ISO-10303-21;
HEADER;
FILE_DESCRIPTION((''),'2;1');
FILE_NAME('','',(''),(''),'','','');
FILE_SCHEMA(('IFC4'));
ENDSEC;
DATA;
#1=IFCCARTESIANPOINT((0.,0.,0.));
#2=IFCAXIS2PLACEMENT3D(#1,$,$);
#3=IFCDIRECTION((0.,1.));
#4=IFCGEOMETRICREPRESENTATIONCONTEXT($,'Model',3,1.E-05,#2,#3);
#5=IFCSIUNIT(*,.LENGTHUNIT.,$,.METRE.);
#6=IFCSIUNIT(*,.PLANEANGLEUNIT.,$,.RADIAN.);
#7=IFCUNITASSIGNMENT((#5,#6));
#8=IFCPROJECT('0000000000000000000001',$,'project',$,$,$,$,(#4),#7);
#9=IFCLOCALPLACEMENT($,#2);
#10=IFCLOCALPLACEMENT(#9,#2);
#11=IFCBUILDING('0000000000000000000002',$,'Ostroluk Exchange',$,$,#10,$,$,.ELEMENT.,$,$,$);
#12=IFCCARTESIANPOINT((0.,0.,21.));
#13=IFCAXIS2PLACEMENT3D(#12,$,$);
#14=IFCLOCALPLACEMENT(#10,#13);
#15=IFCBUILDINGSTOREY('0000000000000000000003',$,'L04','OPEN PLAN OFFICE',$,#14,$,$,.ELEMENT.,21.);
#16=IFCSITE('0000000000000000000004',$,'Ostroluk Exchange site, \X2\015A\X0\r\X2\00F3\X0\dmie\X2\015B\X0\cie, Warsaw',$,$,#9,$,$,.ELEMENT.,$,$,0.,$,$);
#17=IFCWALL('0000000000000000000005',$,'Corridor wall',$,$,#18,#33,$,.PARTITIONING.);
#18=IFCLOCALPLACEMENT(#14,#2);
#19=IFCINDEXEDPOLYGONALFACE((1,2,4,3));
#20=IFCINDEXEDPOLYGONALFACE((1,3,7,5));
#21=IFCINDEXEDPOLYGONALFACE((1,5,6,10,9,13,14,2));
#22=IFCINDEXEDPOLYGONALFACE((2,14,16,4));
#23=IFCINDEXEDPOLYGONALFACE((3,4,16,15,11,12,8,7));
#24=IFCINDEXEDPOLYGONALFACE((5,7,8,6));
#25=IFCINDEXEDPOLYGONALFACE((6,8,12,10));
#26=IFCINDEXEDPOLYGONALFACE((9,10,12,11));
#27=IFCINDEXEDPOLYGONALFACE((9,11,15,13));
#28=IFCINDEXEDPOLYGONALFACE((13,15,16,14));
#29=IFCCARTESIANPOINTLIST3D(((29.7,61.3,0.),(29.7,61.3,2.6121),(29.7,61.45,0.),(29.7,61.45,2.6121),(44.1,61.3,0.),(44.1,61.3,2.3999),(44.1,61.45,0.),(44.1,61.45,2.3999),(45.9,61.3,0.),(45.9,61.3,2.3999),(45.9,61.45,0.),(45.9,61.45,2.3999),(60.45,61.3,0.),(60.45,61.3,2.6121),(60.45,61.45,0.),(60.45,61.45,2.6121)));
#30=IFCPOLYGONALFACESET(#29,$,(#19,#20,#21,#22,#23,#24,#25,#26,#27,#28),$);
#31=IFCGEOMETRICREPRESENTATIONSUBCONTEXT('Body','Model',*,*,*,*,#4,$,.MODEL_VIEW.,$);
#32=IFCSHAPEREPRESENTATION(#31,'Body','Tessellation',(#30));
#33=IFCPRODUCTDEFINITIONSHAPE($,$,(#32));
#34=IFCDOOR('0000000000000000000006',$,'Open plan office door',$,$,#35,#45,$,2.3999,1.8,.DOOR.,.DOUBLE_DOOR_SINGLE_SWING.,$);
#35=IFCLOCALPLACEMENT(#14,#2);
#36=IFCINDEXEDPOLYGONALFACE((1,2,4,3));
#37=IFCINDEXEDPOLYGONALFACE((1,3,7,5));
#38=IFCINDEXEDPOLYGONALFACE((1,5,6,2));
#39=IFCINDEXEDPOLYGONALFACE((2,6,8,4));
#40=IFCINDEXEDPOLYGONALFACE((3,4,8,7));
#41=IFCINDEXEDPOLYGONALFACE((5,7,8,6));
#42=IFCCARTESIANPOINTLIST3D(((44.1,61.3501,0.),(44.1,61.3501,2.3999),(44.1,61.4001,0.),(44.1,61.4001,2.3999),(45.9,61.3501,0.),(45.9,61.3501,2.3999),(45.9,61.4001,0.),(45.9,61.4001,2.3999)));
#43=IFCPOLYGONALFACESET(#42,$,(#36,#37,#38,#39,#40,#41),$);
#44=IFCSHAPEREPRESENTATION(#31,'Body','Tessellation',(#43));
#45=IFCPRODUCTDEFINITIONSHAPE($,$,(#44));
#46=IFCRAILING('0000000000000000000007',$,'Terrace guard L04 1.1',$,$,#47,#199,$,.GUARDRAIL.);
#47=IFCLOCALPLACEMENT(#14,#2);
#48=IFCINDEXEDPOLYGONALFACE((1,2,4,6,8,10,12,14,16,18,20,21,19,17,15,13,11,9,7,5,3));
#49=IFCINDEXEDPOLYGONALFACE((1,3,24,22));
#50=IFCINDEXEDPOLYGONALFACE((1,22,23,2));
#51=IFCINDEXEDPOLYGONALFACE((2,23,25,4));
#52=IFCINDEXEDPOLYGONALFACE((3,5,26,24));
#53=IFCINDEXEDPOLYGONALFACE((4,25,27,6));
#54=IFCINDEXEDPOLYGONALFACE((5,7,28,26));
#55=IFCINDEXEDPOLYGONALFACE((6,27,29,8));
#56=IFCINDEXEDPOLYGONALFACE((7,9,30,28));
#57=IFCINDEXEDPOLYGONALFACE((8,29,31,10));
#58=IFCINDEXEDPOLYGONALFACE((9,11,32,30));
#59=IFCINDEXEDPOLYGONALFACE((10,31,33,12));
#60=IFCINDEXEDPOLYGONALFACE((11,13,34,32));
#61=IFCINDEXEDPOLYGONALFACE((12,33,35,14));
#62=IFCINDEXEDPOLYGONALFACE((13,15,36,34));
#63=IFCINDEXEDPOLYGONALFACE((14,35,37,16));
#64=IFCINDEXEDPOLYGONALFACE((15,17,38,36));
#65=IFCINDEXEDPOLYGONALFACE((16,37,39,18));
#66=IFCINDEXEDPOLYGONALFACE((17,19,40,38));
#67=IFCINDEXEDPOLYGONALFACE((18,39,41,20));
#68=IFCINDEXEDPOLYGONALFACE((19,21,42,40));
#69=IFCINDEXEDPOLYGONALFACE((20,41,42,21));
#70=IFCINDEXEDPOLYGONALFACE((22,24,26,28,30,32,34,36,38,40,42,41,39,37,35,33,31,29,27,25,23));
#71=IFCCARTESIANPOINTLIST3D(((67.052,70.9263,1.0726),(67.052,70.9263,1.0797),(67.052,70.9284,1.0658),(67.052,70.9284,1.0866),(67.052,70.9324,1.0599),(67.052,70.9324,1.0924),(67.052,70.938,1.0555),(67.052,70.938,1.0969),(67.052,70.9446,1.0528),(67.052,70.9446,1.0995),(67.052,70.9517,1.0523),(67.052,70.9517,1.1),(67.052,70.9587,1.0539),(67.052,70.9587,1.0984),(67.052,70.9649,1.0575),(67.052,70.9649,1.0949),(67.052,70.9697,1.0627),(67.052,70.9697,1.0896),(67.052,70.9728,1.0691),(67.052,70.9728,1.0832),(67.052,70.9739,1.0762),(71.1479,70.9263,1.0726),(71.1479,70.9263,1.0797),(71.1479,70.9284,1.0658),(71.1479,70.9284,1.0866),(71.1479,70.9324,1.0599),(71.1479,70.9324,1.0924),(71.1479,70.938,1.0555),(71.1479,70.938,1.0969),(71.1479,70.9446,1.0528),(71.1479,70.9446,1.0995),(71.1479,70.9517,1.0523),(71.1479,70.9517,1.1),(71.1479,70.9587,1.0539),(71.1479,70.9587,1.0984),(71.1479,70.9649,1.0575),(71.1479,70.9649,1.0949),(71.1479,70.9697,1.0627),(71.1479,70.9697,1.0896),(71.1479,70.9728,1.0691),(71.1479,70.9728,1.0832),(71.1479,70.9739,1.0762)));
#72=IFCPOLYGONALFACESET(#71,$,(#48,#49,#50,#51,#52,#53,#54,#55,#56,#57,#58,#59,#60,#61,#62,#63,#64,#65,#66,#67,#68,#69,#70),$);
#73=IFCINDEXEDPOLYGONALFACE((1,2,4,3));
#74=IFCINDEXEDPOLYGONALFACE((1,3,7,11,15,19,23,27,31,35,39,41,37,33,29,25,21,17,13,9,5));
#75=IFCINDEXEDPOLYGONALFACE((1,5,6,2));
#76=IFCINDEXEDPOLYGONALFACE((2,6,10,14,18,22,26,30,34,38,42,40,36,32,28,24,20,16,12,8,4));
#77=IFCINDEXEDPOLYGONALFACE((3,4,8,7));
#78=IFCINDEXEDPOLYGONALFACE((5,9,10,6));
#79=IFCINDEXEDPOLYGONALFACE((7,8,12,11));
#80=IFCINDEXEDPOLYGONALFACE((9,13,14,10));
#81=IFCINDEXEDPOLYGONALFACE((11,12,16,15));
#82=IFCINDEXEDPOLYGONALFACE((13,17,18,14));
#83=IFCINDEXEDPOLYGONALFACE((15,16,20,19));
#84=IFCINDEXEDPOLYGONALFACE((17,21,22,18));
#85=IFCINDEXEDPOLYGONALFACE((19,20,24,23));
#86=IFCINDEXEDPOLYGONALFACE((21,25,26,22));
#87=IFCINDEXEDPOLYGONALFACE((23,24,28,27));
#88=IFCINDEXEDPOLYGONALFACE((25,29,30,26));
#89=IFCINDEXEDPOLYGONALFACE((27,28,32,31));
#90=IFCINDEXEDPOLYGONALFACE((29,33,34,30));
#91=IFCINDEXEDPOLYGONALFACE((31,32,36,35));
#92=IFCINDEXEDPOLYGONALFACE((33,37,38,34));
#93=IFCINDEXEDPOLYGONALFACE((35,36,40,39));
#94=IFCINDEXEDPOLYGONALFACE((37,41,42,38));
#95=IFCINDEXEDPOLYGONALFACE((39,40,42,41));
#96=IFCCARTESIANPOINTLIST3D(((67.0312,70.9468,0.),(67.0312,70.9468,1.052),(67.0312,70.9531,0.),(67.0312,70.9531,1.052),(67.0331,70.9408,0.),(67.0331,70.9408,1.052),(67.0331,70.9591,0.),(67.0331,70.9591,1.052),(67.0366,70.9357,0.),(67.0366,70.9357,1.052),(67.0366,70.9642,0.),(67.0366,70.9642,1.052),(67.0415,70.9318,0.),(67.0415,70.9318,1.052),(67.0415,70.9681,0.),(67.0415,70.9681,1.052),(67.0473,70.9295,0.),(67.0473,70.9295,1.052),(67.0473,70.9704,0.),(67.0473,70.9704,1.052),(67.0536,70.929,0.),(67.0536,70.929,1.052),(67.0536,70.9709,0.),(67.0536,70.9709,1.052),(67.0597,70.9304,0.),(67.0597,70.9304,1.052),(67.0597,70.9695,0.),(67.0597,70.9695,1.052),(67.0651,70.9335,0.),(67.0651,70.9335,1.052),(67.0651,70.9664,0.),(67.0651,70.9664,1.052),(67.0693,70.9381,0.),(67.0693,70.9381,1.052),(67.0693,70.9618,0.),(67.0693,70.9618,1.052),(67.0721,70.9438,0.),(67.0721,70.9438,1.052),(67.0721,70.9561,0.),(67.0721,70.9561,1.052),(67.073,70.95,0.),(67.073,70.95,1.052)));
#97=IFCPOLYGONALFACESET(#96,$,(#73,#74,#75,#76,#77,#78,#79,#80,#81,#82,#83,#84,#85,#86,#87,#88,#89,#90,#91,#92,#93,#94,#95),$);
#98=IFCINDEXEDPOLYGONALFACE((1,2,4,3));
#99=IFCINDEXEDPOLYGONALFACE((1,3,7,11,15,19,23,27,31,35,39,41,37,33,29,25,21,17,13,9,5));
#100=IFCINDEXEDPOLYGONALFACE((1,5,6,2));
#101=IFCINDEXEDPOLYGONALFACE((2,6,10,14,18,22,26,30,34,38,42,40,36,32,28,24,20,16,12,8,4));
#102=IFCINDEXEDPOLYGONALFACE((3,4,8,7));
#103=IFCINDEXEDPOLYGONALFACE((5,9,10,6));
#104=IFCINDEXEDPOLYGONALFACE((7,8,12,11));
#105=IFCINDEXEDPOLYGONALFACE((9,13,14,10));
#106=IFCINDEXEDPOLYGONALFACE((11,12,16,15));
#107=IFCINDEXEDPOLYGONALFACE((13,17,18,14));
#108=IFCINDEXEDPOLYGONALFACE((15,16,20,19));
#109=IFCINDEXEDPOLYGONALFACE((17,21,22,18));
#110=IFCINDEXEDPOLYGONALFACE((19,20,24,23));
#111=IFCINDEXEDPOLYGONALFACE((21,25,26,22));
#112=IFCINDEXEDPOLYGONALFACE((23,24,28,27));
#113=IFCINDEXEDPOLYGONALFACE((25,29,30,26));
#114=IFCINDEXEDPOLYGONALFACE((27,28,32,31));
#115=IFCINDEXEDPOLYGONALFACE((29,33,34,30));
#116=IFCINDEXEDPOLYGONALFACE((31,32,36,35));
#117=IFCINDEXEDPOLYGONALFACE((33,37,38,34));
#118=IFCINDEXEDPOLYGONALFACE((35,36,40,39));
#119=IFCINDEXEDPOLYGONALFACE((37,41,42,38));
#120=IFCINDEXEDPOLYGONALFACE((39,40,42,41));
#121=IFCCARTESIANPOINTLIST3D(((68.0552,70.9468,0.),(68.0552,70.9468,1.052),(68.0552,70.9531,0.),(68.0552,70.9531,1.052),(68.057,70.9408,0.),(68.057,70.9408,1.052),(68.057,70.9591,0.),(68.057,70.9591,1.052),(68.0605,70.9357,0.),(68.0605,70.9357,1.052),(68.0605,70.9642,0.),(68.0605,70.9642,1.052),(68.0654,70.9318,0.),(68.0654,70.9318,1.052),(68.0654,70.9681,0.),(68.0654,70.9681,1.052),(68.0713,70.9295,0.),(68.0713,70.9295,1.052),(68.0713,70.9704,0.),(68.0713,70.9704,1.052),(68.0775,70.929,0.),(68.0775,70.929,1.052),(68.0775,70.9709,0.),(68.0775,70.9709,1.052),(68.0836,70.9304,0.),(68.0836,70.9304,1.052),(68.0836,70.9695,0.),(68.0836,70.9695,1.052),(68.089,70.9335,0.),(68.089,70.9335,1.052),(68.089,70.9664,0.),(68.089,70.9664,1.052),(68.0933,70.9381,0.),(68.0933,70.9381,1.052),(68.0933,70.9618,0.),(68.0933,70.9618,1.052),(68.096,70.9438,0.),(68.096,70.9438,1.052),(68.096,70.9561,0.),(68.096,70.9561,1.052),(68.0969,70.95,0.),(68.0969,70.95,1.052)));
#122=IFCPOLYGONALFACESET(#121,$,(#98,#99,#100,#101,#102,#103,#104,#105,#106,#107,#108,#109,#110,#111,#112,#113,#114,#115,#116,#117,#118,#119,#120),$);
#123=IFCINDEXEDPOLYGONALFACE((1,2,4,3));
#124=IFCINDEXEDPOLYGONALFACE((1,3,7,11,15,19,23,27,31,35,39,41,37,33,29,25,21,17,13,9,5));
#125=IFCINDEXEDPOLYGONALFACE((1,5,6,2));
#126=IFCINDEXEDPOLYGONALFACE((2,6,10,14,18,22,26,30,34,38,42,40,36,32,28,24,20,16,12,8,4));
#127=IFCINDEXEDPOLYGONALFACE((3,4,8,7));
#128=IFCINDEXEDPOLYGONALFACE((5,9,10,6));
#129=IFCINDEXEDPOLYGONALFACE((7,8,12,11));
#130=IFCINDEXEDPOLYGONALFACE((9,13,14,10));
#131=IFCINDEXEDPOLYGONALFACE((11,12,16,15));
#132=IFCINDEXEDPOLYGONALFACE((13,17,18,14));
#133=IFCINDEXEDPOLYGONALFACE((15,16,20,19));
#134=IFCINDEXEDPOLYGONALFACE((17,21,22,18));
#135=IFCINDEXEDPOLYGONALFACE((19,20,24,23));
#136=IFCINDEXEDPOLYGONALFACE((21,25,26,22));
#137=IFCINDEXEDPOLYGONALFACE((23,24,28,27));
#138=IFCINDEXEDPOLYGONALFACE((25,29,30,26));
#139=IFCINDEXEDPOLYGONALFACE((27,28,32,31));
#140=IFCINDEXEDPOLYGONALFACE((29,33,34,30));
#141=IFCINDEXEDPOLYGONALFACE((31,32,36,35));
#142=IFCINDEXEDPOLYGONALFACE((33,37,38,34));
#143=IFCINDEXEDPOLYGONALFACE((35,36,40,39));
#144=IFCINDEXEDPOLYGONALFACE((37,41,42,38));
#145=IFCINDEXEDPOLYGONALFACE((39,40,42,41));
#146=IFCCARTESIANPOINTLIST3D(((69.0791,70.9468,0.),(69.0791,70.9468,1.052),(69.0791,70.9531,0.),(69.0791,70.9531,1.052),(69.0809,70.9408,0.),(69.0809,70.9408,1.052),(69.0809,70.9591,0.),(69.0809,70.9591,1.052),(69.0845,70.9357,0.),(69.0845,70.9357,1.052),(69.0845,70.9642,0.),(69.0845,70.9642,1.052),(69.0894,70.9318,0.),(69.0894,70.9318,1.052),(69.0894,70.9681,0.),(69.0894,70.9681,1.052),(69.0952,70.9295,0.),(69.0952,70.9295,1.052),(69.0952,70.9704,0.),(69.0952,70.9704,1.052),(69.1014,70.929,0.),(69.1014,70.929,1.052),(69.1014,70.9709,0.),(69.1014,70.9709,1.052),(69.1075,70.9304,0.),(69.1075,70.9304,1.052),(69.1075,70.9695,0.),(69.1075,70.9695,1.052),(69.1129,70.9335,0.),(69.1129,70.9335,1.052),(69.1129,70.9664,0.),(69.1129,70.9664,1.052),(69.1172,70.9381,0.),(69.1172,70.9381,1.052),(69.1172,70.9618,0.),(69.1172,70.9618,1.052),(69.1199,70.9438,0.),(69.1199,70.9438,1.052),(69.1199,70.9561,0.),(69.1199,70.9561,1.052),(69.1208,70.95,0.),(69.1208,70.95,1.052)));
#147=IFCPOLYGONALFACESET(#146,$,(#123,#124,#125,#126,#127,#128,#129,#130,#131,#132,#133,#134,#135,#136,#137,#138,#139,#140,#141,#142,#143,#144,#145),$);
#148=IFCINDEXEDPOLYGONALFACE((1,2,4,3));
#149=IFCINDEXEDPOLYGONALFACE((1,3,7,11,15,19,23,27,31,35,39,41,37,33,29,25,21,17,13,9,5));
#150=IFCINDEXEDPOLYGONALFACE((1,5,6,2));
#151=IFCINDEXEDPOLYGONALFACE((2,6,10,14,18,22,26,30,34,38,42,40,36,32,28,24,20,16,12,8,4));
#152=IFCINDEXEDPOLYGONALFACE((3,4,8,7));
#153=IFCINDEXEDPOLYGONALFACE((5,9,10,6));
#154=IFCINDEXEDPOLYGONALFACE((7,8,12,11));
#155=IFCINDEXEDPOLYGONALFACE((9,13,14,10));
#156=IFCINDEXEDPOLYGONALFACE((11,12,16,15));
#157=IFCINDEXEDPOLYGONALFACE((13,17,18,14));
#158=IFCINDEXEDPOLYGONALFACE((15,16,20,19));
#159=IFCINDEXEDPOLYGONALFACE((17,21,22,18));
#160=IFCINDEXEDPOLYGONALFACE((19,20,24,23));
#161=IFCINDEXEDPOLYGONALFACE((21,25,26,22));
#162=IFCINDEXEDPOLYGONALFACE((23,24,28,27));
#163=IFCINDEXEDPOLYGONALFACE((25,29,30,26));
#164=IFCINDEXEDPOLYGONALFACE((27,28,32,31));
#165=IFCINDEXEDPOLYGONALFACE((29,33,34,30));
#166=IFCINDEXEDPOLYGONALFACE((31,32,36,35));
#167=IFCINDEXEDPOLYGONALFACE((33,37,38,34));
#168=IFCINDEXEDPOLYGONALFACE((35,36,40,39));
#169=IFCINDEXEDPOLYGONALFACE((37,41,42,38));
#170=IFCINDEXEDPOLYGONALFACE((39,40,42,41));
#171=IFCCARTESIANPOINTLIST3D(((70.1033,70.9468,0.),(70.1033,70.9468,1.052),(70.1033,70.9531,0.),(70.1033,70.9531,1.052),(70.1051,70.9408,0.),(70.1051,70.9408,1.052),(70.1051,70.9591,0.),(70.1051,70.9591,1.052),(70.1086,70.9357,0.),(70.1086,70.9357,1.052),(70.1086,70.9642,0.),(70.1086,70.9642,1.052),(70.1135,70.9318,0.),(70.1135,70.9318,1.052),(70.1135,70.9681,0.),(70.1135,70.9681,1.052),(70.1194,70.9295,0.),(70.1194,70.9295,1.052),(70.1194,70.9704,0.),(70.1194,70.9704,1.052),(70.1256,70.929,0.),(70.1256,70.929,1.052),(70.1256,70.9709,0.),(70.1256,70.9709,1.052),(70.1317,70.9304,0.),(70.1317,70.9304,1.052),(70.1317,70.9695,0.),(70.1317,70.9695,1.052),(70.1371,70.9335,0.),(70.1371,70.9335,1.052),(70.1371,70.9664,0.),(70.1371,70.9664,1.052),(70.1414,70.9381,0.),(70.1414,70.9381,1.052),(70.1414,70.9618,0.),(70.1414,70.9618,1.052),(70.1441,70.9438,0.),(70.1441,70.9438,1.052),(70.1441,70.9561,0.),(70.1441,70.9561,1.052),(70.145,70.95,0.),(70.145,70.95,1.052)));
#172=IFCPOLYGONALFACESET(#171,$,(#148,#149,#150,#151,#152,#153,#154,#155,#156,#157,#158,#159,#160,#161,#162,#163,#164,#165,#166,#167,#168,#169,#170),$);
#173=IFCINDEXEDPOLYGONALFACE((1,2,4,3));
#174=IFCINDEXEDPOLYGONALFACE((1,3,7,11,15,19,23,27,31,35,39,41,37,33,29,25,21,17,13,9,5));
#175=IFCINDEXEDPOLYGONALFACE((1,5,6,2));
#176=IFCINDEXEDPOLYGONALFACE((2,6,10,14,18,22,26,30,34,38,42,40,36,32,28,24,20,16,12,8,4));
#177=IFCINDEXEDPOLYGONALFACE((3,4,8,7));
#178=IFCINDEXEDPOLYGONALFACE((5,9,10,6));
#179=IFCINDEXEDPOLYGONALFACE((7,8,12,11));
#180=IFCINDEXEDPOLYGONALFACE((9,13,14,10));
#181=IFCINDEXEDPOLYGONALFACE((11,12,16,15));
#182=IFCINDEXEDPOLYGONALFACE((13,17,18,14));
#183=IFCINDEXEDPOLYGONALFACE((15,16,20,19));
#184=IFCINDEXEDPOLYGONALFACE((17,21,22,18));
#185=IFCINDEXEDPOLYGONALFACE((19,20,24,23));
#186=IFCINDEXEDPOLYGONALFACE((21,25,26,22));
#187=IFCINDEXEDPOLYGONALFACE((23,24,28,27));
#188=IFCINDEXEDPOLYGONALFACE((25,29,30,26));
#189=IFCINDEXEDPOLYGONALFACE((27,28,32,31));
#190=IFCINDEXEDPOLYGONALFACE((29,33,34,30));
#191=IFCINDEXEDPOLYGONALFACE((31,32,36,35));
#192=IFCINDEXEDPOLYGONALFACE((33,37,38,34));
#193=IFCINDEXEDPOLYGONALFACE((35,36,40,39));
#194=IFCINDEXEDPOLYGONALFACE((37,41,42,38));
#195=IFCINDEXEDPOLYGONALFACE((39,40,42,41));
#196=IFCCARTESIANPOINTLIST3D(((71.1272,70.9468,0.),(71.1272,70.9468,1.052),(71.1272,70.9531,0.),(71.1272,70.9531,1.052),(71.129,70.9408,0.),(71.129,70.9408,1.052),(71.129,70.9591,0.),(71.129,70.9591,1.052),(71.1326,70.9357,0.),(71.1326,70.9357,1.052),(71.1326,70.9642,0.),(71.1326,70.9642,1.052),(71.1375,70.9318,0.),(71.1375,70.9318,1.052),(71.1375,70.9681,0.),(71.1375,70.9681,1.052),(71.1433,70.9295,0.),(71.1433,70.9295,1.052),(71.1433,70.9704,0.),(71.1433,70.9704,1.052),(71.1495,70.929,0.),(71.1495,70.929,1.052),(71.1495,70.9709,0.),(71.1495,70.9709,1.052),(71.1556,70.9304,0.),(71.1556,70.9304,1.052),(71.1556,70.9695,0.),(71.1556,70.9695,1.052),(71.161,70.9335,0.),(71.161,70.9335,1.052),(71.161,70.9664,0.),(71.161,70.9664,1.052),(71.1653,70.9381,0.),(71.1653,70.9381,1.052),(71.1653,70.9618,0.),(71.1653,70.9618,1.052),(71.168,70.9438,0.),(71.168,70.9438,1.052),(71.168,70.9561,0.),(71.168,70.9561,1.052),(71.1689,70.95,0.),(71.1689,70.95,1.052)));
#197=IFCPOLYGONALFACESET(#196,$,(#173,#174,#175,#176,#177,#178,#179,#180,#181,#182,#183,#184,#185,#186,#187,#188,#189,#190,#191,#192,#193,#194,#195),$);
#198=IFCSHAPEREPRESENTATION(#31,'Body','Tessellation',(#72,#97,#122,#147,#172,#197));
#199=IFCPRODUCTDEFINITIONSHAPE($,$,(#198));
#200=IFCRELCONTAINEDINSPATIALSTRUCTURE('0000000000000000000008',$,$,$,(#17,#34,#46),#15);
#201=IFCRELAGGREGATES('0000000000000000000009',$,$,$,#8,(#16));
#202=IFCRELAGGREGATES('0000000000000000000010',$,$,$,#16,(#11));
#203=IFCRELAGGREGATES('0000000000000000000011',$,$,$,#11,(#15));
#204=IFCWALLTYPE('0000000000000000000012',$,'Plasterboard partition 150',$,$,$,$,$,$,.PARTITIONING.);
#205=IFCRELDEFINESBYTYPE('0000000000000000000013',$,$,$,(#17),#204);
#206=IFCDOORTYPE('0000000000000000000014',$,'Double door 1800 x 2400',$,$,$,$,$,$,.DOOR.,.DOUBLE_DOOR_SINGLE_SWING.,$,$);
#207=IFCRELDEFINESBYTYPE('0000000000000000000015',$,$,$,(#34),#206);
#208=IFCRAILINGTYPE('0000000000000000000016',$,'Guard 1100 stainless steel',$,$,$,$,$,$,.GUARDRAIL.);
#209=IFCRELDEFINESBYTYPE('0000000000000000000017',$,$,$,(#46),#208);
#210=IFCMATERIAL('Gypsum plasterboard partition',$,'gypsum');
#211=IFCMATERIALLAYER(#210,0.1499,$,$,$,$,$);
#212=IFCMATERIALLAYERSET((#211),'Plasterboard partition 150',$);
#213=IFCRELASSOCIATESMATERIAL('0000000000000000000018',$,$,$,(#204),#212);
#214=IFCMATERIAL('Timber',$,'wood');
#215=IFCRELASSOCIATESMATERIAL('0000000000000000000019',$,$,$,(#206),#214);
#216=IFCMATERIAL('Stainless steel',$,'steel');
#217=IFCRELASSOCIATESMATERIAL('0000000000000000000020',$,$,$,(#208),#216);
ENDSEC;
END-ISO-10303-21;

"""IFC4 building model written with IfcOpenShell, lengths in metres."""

from ifc_helpers import new_model, si_unit, direction, frame, frame_2d, origin, origin_2d, place, context, subcontext, project, spatial, rectangle, circle, extrude, material, layer, layer_set, type_object, element, fill, save


model = new_model("IFC4")

# Units and contexts
model_context = context("Model", 3, precision=1e-05, world=origin(), true_north=direction((0.0, 1.0)))
body_context = subcontext(model_context, "Body", "Model", "MODEL_VIEW")
ifc_project = project(units=[si_unit("LENGTHUNIT", "METRE"), si_unit("PLANEANGLEUNIT", "RADIAN")], contexts=[model_context])

# Site, building, storey
site_placement = place(None, origin())
site = spatial("IfcSite", under=ifc_project, at=site_placement, Name="Ostroluk Exchange site, Śródmieście, Warsaw", CompositionType="ELEMENT", RefElevation=0.0)
building_placement = place(site_placement, origin())
building = spatial("IfcBuilding", under=site, at=building_placement, Name="Ostroluk Exchange", CompositionType="ELEMENT")
storey_placement = place(building_placement, frame((0.0, 0.0, 21.0)))
storey = spatial("IfcBuildingStorey", under=building, at=storey_placement, Name="L04", Description="OPEN PLAN OFFICE", CompositionType="ELEMENT", Elevation=21.0)

# Wall, opening, door
ifc_material_1 = material(Name="Gypsum plasterboard partition", Category="gypsum")
ifc_layer_1 = layer(ifc_material_1, 0.1499)
ifc_layer_set_1 = layer_set([ifc_layer_1], Name="Plasterboard partition 150")
wall_type_1 = type_object("IfcWallType", Name="Plasterboard partition 150", PredefinedType="PARTITIONING", material=ifc_layer_set_1)
wall_1_placement = place(storey_placement, frame((60.45, 61.375, 0.0), z_axis=(0.0, 0.0, 1.0), x_axis=(-1.0, 0.0, 0.0)))
wall_1 = element("IfcWall", 1, at=wall_1_placement, inside=storey, type_object=wall_type_1, Name="Corridor wall", PredefinedType="PARTITIONING", context=body_context, shape_type="SweptSolid", body=[
    extrude(rectangle(XDim=30.75, YDim=0.1499, at=frame_2d((15.375, 0.0))), origin(), (0.0, 0.0, 1.0), 2.6121),
])
opening_1_placement = place(wall_1_placement, frame((14.55, 0.0, 0.0)))
opening_1 = element("IfcOpeningElement", 2, at=opening_1_placement, cuts=wall_1, PredefinedType="OPENING", context=body_context, shape_type="SweptSolid", body=[
    extrude(rectangle(XDim=1.8, YDim=2.3999, at=frame_2d((0.8999, 1.2))), frame((0.0, 0.085, 0.0), z_axis=(0.0, -1.0, 0.0), x_axis=(1.0, 0.0, 0.0)), (0.0, 0.0, 1.0), 0.1699),
])
ifc_material_2 = material(Name="Timber", Category="wood")
door_type_1 = type_object("IfcDoorType", Name="Double door 1800 x 2400", OperationType="DOUBLE_DOOR_SINGLE_SWING", PredefinedType="DOOR", material=ifc_material_2)
door_1_placement = place(opening_1_placement, origin())
door_1 = element("IfcDoor", 3, at=door_1_placement, inside=storey, type_object=door_type_1, Name="Open plan office door", OperationType="DOUBLE_DOOR_SINGLE_SWING", OverallHeight=2.3999, OverallWidth=1.8, PredefinedType="DOOR", context=body_context, shape_type="SweptSolid", body=[
    extrude(rectangle(XDim=1.8, YDim=2.3999, at=frame_2d((0.8999, 1.2))), frame((0.0, 0.0249, 0.0), z_axis=(0.0, -1.0, 0.0), x_axis=(1.0, 0.0, 0.0)), (0.0, 0.0, 1.0), 0.05),
])
fill(opening_1, door_1)

# Railing
ifc_material_3 = material(Name="Stainless steel", Category="steel")
railing_type = type_object("IfcRailingType", Name="Guard 1100 stainless steel", PredefinedType="GUARDRAIL", material=ifc_material_3)
railing_placement = place(storey_placement, frame((67.052, 70.95, 0.0)))
element("IfcRailing", 4, at=railing_placement, inside=storey, type_object=railing_type, Name="Terrace guard L04 1.1", PredefinedType="GUARDRAIL", context=body_context, shape_type="SweptSolid", body=[
    extrude(circle(Radius=0.0239, at=origin_2d()), frame((0.0, 0.0, 1.0762), z_axis=(1.0, 0.0, 0.0), x_axis=(0.0, 1.0, 0.0)), (0.0, 0.0, 1.0), 4.0959),
    extrude(circle(Radius=0.021, at=origin_2d()), origin(), (0.0, 0.0, 1.0), 1.052),
    extrude(circle(Radius=0.021, at=origin_2d()), frame((1.0239, 0.0, 0.0)), (0.0, 0.0, 1.0), 1.052),
    extrude(circle(Radius=0.021, at=origin_2d()), frame((2.0479, 0.0, 0.0)), (0.0, 0.0, 1.0), 1.052),
    extrude(circle(Radius=0.021, at=origin_2d()), frame((3.072, 0.0, 0.0)), (0.0, 0.0, 1.0), 1.052),
    extrude(circle(Radius=0.021, at=origin_2d()), frame((4.0959, 0.0, 0.0)), (0.0, 0.0, 1.0), 1.052),
])

save(model, "model.ifc")
